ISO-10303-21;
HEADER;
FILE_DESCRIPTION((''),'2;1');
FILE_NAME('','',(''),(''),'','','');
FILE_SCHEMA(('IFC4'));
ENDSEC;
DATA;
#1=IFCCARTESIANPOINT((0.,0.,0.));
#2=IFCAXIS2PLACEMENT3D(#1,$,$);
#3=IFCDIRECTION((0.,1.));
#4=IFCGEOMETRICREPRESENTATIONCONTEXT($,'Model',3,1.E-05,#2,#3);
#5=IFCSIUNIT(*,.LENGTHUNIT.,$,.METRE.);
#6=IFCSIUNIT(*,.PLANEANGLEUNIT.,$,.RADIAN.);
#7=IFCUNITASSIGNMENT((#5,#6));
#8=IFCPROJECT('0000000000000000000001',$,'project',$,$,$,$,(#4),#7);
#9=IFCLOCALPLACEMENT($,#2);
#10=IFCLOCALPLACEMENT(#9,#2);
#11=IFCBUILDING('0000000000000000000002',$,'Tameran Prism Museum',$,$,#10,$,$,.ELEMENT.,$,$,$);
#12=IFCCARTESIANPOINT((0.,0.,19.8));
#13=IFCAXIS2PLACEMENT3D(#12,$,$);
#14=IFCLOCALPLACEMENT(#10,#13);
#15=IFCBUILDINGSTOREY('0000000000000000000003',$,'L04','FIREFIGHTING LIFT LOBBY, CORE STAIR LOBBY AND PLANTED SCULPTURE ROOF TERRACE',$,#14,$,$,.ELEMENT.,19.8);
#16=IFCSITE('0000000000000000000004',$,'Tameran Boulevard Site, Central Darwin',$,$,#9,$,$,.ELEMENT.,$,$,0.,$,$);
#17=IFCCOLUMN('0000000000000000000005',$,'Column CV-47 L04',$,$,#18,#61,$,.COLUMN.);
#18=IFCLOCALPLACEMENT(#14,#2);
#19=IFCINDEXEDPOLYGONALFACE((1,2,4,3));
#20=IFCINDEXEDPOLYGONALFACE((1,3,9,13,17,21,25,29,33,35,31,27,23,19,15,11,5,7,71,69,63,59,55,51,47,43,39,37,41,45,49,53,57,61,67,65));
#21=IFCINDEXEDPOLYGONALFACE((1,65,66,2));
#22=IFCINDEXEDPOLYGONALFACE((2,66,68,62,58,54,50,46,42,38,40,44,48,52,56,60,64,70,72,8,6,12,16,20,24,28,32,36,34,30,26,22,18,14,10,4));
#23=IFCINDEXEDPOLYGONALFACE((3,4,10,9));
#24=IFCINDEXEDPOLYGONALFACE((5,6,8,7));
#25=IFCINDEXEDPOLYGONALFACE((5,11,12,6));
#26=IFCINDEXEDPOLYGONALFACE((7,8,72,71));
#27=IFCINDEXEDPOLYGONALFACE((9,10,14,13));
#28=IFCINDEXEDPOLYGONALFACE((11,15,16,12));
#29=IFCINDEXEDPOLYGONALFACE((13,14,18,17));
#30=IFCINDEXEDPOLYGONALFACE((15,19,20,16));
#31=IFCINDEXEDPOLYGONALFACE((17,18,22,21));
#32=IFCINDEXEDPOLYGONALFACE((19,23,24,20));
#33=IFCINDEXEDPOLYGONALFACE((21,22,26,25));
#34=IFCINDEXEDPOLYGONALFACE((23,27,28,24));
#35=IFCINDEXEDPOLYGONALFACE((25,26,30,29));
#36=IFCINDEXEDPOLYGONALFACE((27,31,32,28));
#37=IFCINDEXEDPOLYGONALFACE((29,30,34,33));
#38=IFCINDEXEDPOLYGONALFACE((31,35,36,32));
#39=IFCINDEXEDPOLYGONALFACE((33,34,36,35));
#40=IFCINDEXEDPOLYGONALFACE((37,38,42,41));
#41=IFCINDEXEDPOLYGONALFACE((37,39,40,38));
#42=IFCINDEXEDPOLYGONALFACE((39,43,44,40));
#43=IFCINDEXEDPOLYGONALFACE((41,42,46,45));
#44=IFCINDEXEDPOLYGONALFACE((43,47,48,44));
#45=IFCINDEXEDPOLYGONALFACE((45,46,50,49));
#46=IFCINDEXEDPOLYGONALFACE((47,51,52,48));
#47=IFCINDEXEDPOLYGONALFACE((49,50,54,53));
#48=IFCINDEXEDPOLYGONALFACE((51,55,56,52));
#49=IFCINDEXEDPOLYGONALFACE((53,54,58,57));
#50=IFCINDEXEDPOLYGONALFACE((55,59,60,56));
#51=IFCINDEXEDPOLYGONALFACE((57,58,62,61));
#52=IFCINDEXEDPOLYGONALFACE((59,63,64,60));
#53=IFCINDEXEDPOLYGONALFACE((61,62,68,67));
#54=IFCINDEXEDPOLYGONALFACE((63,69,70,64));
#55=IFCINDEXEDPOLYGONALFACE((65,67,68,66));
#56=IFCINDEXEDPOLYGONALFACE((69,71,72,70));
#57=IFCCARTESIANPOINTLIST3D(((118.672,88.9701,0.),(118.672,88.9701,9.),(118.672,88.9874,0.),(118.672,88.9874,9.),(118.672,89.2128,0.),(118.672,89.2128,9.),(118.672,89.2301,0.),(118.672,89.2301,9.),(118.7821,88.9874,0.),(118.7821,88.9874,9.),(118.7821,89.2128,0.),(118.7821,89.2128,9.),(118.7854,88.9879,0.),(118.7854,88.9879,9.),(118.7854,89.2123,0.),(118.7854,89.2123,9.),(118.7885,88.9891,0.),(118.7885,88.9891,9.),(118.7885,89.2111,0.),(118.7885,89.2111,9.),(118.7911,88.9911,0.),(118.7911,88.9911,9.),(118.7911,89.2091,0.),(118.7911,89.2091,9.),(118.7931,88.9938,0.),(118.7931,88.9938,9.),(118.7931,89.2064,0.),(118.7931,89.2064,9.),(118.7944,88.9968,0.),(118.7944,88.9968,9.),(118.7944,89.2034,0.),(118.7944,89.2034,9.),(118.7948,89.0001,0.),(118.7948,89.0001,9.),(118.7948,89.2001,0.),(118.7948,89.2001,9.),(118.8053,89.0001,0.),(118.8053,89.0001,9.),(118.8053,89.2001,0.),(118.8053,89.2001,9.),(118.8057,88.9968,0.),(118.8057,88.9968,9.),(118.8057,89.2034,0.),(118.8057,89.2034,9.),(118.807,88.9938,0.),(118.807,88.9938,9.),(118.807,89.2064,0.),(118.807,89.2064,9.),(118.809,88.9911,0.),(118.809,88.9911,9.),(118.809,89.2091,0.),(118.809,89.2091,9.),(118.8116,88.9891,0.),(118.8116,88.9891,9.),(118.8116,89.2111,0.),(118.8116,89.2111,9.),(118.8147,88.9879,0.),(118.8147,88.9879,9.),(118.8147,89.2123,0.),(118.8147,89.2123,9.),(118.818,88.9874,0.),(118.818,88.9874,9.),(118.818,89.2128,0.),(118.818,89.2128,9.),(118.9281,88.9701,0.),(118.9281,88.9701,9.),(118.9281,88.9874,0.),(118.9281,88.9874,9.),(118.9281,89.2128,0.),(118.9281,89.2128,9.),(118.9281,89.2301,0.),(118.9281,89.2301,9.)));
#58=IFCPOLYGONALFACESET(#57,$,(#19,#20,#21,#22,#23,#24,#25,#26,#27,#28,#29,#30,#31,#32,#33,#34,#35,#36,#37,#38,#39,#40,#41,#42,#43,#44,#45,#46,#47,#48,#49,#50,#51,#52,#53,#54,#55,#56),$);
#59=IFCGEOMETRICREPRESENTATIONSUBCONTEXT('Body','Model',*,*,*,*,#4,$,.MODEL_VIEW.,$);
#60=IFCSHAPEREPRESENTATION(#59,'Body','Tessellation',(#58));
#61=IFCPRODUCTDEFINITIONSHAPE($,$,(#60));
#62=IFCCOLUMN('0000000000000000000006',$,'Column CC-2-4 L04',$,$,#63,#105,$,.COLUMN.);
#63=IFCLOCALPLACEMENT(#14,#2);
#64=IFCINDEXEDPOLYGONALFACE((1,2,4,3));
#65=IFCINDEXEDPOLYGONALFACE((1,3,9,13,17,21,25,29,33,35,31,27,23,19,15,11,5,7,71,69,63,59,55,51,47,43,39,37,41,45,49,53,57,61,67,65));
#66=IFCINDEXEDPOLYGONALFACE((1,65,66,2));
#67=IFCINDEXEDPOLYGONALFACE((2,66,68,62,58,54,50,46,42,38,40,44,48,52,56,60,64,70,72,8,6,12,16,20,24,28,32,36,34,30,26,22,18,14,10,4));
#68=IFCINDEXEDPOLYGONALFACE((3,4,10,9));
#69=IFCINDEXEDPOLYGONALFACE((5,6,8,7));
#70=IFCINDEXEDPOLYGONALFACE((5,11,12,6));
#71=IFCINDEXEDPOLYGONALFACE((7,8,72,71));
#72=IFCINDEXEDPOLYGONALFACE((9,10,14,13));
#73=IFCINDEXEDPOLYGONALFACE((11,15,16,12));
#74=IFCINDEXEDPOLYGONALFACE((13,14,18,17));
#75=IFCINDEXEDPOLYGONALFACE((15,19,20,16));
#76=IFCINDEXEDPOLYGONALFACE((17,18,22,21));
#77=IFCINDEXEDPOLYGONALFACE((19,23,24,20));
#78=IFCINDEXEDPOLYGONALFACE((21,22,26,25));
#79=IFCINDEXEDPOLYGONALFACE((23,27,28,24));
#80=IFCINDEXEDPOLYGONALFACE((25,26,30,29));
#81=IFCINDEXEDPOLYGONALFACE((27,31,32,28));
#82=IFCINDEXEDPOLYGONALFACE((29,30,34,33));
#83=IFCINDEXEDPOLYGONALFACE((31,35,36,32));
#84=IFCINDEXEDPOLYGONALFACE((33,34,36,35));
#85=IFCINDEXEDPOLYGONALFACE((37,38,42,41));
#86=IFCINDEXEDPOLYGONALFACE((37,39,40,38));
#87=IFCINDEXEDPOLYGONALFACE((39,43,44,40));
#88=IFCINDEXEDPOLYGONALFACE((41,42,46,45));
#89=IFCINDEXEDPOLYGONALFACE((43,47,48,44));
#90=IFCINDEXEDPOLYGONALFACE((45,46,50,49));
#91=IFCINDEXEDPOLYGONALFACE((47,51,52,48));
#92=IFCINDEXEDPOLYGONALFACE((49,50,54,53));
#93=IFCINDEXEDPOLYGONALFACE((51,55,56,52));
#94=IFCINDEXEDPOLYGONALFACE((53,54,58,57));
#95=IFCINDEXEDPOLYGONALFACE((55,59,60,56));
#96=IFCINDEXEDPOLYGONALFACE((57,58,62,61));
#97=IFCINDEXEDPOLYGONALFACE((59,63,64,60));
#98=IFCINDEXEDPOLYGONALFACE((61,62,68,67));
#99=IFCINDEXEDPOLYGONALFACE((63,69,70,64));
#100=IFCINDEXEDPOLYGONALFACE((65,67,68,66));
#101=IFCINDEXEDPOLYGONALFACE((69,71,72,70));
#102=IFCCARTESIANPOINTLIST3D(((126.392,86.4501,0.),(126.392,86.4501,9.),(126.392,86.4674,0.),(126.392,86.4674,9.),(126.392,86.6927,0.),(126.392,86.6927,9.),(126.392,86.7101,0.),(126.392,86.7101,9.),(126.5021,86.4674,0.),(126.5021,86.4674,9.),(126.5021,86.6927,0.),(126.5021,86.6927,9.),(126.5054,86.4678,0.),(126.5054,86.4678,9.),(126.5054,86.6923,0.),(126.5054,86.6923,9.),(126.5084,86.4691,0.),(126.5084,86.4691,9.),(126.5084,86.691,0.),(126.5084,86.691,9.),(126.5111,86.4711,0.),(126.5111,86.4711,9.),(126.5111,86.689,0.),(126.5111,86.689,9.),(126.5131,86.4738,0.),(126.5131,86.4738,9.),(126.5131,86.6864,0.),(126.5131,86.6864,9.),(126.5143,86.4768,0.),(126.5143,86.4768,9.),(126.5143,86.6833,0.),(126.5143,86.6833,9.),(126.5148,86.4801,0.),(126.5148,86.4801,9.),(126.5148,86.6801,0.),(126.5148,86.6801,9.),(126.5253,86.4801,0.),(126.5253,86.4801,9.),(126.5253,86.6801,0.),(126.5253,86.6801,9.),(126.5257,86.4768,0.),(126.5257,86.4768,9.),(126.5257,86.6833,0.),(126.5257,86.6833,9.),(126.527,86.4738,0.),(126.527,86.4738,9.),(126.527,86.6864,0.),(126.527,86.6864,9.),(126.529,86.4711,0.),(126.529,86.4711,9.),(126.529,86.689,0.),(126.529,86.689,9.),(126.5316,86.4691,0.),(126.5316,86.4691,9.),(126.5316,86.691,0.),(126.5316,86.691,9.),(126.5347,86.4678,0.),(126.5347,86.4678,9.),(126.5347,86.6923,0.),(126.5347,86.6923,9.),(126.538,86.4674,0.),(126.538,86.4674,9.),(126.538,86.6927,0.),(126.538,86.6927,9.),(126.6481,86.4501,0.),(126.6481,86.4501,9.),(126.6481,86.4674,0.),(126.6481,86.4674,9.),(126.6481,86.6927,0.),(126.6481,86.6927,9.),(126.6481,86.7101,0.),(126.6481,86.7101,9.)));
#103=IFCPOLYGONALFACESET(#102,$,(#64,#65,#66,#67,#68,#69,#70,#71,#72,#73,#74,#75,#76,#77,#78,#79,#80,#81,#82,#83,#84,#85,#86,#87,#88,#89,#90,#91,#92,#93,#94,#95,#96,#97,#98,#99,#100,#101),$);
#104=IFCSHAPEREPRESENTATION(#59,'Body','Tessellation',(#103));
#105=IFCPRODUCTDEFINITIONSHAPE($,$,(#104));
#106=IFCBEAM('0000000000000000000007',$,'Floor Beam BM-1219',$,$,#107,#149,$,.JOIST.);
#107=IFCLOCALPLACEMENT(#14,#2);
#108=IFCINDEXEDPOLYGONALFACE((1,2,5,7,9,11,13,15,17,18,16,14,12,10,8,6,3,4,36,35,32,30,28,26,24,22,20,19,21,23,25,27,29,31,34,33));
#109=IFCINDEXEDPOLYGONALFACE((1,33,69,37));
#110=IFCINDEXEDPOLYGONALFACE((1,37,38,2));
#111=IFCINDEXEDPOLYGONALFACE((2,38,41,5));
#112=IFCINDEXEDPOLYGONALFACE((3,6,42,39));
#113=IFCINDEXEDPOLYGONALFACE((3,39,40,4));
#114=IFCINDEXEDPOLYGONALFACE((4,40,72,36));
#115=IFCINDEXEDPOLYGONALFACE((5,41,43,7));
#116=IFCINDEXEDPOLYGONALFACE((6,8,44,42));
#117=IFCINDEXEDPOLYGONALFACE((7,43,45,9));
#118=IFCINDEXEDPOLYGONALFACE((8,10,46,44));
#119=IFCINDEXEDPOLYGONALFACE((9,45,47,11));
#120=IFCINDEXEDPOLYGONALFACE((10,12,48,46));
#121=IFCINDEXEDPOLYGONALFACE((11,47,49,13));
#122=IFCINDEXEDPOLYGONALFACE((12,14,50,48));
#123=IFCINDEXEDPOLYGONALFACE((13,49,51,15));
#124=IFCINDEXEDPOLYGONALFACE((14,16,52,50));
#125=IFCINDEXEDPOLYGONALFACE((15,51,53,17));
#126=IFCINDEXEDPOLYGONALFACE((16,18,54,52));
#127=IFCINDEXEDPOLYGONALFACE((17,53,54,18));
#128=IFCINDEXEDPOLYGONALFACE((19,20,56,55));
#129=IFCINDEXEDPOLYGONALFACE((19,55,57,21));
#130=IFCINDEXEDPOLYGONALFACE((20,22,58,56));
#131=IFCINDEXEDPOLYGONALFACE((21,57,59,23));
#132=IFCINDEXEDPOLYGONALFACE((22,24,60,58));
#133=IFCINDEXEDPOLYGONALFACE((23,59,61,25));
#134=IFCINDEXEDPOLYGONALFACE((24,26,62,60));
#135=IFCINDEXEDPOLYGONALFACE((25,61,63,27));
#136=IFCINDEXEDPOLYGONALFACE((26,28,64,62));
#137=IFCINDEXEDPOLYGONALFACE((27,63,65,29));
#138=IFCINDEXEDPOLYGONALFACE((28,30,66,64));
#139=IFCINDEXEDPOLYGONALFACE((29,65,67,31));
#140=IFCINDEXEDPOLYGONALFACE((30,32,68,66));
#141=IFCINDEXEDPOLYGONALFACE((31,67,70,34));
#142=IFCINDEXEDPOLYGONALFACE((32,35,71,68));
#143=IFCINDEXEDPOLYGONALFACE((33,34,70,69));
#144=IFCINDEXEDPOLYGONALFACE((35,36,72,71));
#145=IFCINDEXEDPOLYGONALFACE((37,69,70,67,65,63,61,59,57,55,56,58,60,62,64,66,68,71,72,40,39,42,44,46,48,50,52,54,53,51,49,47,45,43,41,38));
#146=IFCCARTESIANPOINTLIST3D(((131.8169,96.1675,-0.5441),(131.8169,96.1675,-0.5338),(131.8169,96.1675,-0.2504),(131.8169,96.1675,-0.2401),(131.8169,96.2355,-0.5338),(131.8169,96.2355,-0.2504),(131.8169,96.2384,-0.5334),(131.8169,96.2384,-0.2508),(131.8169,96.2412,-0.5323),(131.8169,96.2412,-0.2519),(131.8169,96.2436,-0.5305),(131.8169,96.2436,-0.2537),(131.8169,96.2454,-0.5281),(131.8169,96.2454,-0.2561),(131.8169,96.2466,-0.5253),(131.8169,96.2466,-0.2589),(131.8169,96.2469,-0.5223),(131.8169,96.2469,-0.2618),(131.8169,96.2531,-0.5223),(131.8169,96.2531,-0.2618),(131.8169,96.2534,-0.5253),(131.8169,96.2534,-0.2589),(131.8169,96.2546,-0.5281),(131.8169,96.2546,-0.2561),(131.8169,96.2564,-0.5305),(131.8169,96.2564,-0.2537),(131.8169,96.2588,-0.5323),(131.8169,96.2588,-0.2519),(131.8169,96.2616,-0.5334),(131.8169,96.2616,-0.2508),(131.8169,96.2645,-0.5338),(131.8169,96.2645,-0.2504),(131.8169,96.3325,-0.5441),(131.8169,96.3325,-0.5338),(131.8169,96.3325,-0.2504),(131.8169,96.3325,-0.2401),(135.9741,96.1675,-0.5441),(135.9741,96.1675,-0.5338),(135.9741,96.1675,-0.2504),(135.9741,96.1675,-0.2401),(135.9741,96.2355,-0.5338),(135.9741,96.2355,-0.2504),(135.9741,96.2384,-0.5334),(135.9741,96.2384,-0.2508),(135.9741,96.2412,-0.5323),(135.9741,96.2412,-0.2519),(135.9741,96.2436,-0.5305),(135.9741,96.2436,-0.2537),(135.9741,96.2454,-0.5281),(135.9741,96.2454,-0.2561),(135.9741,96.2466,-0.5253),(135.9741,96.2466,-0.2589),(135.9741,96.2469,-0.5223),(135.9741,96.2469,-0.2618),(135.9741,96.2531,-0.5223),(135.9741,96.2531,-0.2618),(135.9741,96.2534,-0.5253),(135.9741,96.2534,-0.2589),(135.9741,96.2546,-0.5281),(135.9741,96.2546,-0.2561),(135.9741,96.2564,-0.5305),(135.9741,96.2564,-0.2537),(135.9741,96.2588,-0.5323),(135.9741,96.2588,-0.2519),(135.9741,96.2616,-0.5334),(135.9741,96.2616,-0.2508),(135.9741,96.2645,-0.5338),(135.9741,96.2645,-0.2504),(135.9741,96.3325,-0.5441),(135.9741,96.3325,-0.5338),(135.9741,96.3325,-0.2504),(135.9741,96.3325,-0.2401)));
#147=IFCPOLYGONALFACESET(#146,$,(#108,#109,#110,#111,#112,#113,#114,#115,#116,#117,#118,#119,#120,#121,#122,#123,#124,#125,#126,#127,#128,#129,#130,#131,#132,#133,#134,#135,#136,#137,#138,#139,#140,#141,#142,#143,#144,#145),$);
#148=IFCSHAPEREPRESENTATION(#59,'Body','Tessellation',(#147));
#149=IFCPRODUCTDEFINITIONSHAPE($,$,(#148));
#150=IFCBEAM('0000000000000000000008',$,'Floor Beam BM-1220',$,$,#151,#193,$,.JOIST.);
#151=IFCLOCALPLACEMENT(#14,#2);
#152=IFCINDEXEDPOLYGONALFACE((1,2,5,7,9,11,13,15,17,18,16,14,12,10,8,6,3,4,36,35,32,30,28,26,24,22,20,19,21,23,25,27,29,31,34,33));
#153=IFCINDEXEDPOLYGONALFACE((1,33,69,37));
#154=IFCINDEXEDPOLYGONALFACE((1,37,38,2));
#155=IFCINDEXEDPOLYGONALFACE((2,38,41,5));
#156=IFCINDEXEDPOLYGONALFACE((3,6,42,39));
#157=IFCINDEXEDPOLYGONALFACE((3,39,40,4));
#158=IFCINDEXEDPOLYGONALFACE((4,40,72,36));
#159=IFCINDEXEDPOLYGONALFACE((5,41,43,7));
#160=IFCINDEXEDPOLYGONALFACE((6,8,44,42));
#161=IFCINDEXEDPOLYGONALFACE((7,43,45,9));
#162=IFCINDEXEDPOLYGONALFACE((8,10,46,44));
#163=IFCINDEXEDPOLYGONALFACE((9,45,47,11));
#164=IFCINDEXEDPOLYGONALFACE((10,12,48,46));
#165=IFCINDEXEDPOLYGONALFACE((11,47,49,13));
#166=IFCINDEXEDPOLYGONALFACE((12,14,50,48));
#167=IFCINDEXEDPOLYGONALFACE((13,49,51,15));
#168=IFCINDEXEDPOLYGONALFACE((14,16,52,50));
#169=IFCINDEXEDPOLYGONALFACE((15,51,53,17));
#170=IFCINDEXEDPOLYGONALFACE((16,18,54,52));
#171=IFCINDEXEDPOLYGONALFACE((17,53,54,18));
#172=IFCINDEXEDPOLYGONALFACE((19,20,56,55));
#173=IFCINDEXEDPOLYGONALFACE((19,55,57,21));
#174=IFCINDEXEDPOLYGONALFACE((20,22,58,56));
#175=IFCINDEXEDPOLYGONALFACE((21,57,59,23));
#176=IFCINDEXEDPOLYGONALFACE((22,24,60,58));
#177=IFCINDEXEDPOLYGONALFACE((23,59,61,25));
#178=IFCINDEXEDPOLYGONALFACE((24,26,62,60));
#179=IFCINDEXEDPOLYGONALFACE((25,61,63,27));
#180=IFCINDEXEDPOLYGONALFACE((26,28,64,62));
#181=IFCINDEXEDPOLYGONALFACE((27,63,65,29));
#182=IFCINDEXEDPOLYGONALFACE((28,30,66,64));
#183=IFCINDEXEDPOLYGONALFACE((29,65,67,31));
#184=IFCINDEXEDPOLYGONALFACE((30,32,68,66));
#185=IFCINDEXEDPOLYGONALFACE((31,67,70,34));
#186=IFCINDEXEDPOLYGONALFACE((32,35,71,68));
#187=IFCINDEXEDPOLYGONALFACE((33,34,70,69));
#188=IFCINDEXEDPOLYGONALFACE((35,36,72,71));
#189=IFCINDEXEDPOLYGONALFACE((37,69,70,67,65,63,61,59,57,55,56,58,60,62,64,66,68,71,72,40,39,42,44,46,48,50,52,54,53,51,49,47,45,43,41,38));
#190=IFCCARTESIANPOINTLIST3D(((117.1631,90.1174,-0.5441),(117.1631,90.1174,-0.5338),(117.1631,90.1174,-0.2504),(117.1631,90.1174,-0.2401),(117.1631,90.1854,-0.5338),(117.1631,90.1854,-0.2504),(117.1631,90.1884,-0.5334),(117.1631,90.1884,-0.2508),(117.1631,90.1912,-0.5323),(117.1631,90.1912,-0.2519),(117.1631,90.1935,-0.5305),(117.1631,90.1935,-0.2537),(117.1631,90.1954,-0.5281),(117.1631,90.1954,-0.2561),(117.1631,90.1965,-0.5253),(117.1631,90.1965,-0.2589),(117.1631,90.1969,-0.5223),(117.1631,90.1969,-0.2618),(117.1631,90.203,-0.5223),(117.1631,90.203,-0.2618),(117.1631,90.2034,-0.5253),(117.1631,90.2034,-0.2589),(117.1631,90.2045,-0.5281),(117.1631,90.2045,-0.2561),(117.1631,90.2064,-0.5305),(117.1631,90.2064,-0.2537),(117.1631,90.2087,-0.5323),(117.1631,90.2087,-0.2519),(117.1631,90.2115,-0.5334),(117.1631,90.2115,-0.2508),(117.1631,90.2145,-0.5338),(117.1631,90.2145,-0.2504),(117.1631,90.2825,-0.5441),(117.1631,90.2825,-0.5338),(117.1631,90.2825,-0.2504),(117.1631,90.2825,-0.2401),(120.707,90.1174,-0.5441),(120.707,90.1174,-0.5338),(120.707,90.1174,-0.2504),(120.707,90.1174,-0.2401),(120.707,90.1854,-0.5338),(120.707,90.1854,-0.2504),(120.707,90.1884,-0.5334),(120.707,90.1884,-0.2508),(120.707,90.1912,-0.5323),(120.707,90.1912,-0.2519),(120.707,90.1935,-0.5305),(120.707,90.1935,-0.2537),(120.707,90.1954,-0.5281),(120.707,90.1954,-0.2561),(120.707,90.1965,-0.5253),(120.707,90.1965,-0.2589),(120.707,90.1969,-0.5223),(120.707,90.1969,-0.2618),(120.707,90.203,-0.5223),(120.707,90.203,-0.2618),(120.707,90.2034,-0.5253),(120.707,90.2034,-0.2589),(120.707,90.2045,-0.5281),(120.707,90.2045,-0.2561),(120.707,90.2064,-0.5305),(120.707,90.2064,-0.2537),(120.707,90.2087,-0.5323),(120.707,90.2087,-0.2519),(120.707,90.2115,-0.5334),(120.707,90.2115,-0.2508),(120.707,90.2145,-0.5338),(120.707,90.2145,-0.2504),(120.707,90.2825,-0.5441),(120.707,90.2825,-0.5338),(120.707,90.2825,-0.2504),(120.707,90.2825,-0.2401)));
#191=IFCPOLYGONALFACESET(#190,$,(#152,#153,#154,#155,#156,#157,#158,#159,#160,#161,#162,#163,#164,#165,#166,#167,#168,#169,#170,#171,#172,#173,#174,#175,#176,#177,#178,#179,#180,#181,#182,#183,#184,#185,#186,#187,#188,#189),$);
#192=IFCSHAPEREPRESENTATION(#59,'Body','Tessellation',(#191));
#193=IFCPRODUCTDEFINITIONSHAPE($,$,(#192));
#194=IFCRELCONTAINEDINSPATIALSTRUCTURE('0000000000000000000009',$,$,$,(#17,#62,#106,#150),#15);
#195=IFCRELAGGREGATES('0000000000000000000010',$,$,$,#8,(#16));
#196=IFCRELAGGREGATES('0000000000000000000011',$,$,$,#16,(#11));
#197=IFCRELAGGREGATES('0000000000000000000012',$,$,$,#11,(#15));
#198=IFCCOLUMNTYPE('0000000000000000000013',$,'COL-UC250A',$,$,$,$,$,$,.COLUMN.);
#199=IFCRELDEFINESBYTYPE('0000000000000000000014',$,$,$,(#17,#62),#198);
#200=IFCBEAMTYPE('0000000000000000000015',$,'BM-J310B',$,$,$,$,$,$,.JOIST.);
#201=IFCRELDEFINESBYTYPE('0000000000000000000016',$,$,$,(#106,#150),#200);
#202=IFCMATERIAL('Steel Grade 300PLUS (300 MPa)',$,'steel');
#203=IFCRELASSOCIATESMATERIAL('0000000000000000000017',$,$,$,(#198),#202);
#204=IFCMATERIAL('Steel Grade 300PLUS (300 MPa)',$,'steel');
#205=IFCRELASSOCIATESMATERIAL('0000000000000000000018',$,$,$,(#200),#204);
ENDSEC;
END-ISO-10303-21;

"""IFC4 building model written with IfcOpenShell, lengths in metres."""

from ifc_helpers import new_model, si_unit, direction, frame, origin, origin_2d, place, context, subcontext, project, spatial, i_section, extrude, material, material_profile, profile_set, type_object, element, save


model = new_model("IFC4")

# Units and contexts
model_context = context("Model", 3, precision=1e-05, world=origin(), true_north=direction((0.0, 1.0)))
body_context = subcontext(model_context, "Body", "Model", "MODEL_VIEW")
ifc_project = project(units=[si_unit("LENGTHUNIT", "METRE"), si_unit("PLANEANGLEUNIT", "RADIAN")], contexts=[model_context])

# Site, building, storey
site_placement = place(None, origin())
site = spatial("IfcSite", under=ifc_project, at=site_placement, Name="Tameran Boulevard Site, Central Darwin", CompositionType="ELEMENT", RefElevation=0.0)
building_placement = place(site_placement, origin())
building = spatial("IfcBuilding", under=site, at=building_placement, Name="Tameran Prism Museum", CompositionType="ELEMENT")
storey_placement = place(building_placement, frame((0.0, 0.0, 19.8)))
storey = spatial("IfcBuildingStorey", under=building, at=storey_placement, Name="L04", Description="FIREFIGHTING LIFT LOBBY, CORE STAIR LOBBY AND PLANTED SCULPTURE ROOF TERRACE", CompositionType="ELEMENT", Elevation=19.8)

# Columns
ifc_material_1 = material(Name="Steel Grade 300PLUS (300 MPa)", Category="steel")
ifc_material_profile_1 = material_profile(ifc_material_1, i_section(OverallWidth=0.2561, OverallDepth=0.26, WebThickness=0.0105, FlangeThickness=0.0173, FilletRadius=0.0127, at=origin_2d()))
ifc_profile_set_1 = profile_set([ifc_material_profile_1])
column_type = type_object("IfcColumnType", Name="COL-UC250A", PredefinedType="COLUMN", material=ifc_profile_set_1)
for number, where, z_axis, x_axis, name in (
    (1, (118.8, 89.1001, 0.0), (0.0, 0.0, 1.0), (1.0, 0.0, 0.0), "Column CV-47 L04"),
    (2, (126.52, 86.5801, 0.0), (0.0, 0.0, 1.0), (1.0, 0.0, 0.0), "Column CC-2-4 L04"),
):
    element("IfcColumn", number, at=place(storey_placement, frame(where, z_axis=z_axis, x_axis=x_axis)), inside=storey, type_object=column_type, Name=name, PredefinedType="COLUMN", context=body_context, shape_type="SweptSolid", body=[
        extrude(i_section(OverallWidth=0.2561, OverallDepth=0.26, WebThickness=0.0105, FlangeThickness=0.0173, FilletRadius=0.0127, at=origin_2d()), origin(), (0.0, 0.0, 1.0), 9.0),
    ])

# Beams
ifc_material_2 = material(Name="Steel Grade 300PLUS (300 MPa)", Category="steel")
ifc_material_profile_2 = material_profile(ifc_material_2, i_section(OverallWidth=0.165, OverallDepth=0.304, WebThickness=0.0061, FlangeThickness=0.0103, FilletRadius=0.0115, at=origin_2d()))
ifc_profile_set_2 = profile_set([ifc_material_profile_2])
beam_type_1 = type_object("IfcBeamType", Name="BM-J310B", PredefinedType="JOIST", material=ifc_profile_set_2)
beam_1_placement = place(storey_placement, frame((131.8169, 96.25, -0.3921), z_axis=(1.0, 0.0, 0.0), x_axis=(0.0, 1.0, 0.0)))
element("IfcBeam", 3, at=beam_1_placement, inside=storey, type_object=beam_type_1, Name="Floor Beam BM-1219", PredefinedType="JOIST", context=body_context, shape_type="SweptSolid", body=[
    extrude(i_section(OverallWidth=0.165, OverallDepth=0.304, WebThickness=0.0061, FlangeThickness=0.0103, FilletRadius=0.0115, at=origin_2d()), origin(), (0.0, 0.0, 1.0), 4.1572),
])
beam_2_placement = place(storey_placement, frame((117.1631, 90.2, -0.3921), z_axis=(1.0, 0.0, 0.0), x_axis=(0.0, 1.0, 0.0)))
element("IfcBeam", 4, at=beam_2_placement, inside=storey, type_object=beam_type_1, Name="Floor Beam BM-1220", PredefinedType="JOIST", context=body_context, shape_type="SweptSolid", body=[
    extrude(i_section(OverallWidth=0.165, OverallDepth=0.304, WebThickness=0.0061, FlangeThickness=0.0103, FilletRadius=0.0115, at=origin_2d()), origin(), (0.0, 0.0, 1.0), 3.5439),
])

save(model, "model.ifc")
